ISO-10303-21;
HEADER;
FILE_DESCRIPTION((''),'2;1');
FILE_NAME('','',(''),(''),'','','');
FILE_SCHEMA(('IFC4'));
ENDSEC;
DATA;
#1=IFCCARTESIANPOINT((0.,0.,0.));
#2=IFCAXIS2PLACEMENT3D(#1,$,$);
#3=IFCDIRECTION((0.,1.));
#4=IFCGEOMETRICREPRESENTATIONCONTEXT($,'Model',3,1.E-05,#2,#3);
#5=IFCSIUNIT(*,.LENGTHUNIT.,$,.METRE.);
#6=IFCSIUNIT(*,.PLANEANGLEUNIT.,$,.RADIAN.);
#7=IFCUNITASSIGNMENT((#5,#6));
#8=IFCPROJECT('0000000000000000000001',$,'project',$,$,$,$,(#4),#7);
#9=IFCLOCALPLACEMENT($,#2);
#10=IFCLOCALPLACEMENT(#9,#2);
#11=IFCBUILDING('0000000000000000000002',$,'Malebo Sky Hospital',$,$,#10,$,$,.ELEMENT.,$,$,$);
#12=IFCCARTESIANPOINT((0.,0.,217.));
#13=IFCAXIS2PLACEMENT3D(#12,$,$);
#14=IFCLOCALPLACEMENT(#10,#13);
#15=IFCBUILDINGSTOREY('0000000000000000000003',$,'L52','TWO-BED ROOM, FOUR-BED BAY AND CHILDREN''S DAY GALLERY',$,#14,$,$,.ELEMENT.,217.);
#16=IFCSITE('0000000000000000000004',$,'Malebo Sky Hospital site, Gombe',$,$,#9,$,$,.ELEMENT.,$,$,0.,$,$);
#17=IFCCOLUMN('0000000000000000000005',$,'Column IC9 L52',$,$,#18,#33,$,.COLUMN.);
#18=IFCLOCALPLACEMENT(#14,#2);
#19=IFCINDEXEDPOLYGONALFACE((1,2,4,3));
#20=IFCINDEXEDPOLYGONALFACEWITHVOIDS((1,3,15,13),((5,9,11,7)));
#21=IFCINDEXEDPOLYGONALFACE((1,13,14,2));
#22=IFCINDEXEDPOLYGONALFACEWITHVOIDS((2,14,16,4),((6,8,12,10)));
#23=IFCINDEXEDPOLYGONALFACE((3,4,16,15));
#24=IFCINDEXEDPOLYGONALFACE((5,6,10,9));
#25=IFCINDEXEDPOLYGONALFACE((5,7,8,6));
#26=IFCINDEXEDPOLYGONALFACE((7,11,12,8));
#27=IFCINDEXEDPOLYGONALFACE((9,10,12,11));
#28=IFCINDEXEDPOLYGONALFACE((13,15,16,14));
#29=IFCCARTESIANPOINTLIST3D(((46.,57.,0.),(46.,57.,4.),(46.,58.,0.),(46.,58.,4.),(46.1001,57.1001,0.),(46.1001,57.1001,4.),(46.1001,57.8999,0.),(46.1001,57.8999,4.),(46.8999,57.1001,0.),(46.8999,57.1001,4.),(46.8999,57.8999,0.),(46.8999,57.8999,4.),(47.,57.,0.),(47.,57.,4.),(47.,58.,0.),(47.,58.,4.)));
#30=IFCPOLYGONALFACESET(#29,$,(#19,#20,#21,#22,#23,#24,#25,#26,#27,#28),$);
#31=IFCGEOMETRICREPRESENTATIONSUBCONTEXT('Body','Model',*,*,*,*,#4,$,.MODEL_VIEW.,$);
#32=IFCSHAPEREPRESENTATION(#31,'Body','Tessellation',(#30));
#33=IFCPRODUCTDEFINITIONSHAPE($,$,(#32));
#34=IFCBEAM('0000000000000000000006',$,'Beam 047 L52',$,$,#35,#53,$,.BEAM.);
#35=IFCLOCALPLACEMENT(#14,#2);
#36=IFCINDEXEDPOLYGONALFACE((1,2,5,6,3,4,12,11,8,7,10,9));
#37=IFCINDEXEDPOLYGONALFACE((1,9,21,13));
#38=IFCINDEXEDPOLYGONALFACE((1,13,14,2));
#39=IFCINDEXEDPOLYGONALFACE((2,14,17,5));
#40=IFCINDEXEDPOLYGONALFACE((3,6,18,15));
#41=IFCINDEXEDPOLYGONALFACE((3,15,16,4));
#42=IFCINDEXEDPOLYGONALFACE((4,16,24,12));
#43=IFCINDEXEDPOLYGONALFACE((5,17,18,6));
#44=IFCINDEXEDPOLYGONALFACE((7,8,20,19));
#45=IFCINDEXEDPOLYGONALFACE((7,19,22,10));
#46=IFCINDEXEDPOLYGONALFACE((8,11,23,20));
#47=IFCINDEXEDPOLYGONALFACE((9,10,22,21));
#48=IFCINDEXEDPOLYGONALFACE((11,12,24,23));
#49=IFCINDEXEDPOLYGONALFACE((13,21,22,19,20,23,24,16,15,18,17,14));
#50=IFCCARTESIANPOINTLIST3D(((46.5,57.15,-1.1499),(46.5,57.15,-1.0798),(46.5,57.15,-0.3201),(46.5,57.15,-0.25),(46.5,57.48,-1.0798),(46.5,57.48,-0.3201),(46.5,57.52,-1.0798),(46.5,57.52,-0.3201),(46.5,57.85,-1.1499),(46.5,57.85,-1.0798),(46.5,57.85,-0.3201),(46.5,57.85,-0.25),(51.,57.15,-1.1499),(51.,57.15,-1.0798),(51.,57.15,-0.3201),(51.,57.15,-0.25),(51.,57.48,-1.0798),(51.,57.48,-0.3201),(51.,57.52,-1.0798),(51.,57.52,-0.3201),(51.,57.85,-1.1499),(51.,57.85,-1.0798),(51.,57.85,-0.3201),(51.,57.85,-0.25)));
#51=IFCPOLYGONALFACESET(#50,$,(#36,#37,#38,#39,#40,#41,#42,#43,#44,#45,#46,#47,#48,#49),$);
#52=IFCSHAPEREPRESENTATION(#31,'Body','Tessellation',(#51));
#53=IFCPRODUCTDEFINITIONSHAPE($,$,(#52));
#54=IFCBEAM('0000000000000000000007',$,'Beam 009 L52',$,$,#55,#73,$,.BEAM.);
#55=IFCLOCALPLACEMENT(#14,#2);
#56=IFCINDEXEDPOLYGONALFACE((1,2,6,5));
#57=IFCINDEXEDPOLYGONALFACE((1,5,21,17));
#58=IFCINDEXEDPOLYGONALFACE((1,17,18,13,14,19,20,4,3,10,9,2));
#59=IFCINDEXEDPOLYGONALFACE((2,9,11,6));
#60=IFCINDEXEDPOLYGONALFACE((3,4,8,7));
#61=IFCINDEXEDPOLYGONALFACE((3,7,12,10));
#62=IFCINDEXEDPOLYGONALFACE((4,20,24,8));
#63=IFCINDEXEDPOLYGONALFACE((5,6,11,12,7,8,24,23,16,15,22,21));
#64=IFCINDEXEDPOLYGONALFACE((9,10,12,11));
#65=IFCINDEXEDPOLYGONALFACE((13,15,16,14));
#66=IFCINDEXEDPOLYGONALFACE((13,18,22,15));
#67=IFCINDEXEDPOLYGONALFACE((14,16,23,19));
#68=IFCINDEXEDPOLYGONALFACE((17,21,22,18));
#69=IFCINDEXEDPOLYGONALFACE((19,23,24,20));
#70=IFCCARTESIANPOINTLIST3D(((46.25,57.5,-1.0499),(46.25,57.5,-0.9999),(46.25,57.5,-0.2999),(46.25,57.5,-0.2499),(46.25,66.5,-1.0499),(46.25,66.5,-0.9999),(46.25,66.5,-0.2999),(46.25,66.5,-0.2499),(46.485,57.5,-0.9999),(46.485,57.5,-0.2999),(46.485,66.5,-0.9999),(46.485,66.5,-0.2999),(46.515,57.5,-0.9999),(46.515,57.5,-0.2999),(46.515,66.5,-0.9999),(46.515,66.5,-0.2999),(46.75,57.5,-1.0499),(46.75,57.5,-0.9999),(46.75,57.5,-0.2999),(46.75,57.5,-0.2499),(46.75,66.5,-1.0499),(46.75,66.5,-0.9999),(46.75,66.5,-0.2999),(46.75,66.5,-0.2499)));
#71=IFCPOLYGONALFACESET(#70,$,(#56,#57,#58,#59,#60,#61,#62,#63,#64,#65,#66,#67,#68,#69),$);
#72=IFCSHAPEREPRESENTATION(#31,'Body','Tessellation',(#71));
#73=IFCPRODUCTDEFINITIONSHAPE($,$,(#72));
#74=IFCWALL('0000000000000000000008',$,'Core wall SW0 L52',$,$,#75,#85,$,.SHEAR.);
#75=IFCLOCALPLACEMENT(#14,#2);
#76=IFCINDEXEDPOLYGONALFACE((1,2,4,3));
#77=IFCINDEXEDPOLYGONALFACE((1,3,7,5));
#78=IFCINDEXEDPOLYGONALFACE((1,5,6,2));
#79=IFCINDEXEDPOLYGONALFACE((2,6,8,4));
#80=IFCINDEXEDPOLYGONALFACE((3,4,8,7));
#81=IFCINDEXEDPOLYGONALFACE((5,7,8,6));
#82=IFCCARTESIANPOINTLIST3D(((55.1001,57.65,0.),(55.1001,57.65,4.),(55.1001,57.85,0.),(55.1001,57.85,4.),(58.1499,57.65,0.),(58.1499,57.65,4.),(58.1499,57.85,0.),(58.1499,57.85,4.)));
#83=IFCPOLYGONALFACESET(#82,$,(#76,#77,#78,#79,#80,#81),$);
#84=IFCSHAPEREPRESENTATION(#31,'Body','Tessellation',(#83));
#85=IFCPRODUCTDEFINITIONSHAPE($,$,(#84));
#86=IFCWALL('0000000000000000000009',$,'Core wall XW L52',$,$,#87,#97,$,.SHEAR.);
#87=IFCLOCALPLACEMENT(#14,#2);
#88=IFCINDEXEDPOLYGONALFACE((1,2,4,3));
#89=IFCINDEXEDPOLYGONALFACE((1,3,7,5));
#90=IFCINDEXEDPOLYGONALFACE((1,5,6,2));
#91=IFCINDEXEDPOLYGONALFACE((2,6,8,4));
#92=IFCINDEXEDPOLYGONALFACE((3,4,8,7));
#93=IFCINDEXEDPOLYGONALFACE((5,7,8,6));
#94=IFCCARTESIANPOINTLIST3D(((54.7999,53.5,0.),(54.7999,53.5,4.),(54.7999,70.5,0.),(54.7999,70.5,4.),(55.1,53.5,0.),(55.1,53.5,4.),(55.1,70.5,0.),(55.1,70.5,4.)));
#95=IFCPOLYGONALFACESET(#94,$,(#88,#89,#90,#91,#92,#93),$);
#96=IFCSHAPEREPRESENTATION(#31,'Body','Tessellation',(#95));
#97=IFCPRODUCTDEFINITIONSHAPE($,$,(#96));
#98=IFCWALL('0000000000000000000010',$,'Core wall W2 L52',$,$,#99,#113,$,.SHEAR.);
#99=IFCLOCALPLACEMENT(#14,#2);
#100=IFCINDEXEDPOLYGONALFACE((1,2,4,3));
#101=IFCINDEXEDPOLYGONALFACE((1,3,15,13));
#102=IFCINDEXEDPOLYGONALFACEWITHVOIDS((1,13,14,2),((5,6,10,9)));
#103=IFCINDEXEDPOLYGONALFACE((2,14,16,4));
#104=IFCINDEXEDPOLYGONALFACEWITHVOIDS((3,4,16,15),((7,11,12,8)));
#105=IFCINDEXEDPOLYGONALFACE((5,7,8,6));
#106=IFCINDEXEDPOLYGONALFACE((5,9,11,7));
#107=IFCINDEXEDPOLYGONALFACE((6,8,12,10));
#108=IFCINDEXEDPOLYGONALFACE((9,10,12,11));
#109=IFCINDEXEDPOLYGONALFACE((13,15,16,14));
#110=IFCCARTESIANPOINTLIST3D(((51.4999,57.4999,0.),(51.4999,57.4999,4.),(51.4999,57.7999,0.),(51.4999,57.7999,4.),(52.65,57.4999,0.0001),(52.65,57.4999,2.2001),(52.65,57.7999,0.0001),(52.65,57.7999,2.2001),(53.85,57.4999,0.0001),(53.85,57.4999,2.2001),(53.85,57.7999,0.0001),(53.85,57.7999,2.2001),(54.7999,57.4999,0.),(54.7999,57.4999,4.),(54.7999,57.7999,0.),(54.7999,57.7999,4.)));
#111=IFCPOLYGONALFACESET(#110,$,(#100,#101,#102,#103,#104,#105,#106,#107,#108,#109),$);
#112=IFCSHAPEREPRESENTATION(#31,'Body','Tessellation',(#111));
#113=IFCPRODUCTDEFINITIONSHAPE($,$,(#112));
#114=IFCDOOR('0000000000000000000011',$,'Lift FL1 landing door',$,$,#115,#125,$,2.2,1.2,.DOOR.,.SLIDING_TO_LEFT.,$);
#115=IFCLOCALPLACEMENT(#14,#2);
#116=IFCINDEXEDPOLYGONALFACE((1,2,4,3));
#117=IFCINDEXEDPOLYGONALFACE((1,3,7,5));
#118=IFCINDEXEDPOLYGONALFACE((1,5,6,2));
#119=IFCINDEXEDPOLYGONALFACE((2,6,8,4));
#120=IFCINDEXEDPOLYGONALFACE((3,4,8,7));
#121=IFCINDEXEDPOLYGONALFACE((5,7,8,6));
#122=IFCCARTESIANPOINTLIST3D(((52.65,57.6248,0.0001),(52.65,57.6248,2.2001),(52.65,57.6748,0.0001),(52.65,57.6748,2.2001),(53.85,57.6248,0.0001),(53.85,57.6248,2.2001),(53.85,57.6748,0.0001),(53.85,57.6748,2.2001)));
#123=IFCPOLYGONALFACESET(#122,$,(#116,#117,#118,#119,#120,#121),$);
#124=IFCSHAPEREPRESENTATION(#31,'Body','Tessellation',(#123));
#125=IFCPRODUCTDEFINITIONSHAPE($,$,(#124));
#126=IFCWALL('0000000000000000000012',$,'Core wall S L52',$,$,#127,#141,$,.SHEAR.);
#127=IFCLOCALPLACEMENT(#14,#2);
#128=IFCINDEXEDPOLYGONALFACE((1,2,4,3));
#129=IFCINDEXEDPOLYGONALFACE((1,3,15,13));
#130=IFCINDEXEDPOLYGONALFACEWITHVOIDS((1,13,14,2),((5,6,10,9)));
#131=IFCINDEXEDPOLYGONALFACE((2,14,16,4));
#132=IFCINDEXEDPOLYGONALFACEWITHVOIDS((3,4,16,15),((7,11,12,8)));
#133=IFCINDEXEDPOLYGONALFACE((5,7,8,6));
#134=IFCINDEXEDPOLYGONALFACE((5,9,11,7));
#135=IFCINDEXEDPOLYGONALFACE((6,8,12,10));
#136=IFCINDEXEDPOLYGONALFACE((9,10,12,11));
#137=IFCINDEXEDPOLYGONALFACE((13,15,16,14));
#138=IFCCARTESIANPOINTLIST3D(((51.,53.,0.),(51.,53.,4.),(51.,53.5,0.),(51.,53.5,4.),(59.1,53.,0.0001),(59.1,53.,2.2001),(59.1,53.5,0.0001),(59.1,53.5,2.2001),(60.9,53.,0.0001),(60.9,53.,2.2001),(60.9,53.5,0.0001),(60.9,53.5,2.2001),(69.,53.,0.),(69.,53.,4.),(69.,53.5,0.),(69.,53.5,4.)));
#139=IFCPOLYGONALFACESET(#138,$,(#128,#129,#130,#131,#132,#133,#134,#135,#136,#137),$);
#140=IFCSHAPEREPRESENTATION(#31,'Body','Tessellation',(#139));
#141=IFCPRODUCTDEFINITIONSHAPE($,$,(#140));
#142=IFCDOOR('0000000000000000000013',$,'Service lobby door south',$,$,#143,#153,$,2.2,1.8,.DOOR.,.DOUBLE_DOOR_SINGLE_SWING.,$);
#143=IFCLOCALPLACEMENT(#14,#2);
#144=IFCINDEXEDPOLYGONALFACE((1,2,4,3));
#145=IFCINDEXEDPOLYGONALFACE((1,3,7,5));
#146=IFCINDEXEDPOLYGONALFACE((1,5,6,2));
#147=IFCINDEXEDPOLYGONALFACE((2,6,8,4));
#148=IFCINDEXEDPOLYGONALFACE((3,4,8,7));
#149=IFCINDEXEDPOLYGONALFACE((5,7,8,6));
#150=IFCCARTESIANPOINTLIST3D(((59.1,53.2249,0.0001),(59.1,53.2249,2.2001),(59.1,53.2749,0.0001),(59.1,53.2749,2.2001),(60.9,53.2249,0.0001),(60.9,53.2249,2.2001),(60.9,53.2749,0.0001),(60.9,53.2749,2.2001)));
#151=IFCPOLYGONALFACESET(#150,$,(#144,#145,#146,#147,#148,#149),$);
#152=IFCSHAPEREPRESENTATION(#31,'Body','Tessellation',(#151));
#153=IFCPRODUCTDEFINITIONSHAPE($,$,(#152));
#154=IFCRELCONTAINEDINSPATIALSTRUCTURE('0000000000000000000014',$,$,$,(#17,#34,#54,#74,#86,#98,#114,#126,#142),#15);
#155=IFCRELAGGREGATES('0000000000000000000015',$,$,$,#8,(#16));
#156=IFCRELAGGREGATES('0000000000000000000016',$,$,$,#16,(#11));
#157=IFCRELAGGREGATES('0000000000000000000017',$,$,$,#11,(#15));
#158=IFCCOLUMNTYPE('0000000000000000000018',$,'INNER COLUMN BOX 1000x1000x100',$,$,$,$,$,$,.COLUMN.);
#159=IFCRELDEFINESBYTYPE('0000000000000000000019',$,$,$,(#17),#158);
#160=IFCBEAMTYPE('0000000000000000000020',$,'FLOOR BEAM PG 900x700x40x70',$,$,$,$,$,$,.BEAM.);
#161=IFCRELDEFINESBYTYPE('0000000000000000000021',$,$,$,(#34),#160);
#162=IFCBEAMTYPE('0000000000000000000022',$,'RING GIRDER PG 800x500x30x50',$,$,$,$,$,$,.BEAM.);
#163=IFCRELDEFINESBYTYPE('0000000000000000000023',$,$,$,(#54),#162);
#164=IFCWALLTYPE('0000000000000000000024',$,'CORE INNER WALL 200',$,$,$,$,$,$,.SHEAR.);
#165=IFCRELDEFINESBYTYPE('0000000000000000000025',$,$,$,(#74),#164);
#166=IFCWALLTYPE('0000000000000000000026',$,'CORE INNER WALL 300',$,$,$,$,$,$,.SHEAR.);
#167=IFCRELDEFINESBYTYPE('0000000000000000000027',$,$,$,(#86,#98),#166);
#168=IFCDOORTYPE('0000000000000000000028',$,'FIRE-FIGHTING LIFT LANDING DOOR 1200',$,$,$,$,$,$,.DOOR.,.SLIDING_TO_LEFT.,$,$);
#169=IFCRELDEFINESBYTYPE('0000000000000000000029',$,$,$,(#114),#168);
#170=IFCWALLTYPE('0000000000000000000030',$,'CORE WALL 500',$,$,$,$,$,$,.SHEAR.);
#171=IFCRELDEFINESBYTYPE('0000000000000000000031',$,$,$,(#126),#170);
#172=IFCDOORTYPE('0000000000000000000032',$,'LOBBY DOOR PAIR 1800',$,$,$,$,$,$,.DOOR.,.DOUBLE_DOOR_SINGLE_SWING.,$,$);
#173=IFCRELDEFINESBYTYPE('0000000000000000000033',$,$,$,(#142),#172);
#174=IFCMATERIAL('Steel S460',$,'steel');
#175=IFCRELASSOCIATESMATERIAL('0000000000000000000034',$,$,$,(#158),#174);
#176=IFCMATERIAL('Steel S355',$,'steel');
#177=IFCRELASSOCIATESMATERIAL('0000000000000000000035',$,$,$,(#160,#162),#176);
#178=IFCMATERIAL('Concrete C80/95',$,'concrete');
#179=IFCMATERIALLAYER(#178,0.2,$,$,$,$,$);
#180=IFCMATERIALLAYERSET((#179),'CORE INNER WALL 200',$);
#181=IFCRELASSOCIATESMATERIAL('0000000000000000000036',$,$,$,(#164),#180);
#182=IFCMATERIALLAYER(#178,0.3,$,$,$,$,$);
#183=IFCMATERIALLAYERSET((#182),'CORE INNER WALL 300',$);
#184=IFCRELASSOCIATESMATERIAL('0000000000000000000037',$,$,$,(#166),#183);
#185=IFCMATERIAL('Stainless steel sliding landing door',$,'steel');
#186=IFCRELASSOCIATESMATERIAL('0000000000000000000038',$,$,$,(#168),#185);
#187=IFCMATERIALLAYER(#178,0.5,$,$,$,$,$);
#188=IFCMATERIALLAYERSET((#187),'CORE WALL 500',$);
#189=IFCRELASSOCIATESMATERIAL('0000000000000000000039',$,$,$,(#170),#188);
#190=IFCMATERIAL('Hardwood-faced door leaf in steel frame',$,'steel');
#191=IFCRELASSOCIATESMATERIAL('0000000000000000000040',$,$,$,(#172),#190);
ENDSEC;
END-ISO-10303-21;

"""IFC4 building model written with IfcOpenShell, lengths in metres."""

from ifc_helpers import new_model, si_unit, direction, frame, frame_2d, origin, origin_2d, place, context, subcontext, project, spatial, rectangle, hollow_rectangle, i_section, extrude, material, layer, layer_set, material_profile, profile_set, type_object, element, fill, save


model = new_model("IFC4")

# Units and contexts
model_context = context("Model", 3, precision=1e-05, world=origin(), true_north=direction((0.0, 1.0)))
body_context = subcontext(model_context, "Body", "Model", "MODEL_VIEW")
ifc_project = project(units=[si_unit("LENGTHUNIT", "METRE"), si_unit("PLANEANGLEUNIT", "RADIAN")], contexts=[model_context])

# Site, building, storey
site_placement = place(None, origin())
site = spatial("IfcSite", under=ifc_project, at=site_placement, Name="Malebo Sky Hospital site, Gombe", CompositionType="ELEMENT", RefElevation=0.0)
building_placement = place(site_placement, origin())
building = spatial("IfcBuilding", under=site, at=building_placement, Name="Malebo Sky Hospital", CompositionType="ELEMENT")
storey_placement = place(building_placement, frame((0.0, 0.0, 217.0)))
storey = spatial("IfcBuildingStorey", under=building, at=storey_placement, Name="L52", Description="TWO-BED ROOM, FOUR-BED BAY AND CHILDREN'S DAY GALLERY", CompositionType="ELEMENT", Elevation=217.0)

# Column
ifc_material_1 = material(Name="Steel S460", Category="steel")
ifc_material_profile_1 = material_profile(ifc_material_1, hollow_rectangle(XDim=1.0, YDim=1.0, WallThickness=0.1001, at=origin_2d()), Name="BOX 1000x1000x100")
ifc_profile_set_1 = profile_set([ifc_material_profile_1], Name="Steel S460")
column_type = type_object("IfcColumnType", Name="INNER COLUMN BOX 1000x1000x100", PredefinedType="COLUMN", material=ifc_profile_set_1)
column_placement = place(storey_placement, frame((46.5, 57.5, 0.0), z_axis=(0.0, 0.0, 1.0), x_axis=(1.0, 0.0, 0.0)))
element("IfcColumn", 1, at=column_placement, inside=storey, type_object=column_type, Name="Column IC9 L52", PredefinedType="COLUMN", context=body_context, shape_type="SweptSolid", body=[
    extrude(hollow_rectangle(XDim=1.0, YDim=1.0, WallThickness=0.1001, at=origin_2d()), origin(), (0.0, 0.0, 1.0), 4.0),
])

# Beams
ifc_material_2 = material(Name="Steel S355", Category="steel")
ifc_material_profile_2 = material_profile(ifc_material_2, i_section(OverallWidth=0.7, OverallDepth=0.8999, WebThickness=0.04, FlangeThickness=0.0701, at=origin_2d()), Name="PG 900x700x40x70")
ifc_profile_set_2 = profile_set([ifc_material_profile_2], Name="Steel S355")
beam_type_1 = type_object("IfcBeamType", Name="FLOOR BEAM PG 900x700x40x70", PredefinedType="BEAM", material=ifc_profile_set_2)
beam_1_placement = place(storey_placement, frame((46.5, 57.5, -0.7), z_axis=(1.0, 0.0, 0.0), x_axis=(0.0, 1.0, 0.0)))
element("IfcBeam", 2, at=beam_1_placement, inside=storey, type_object=beam_type_1, Name="Beam 047 L52", PredefinedType="BEAM", context=body_context, shape_type="SweptSolid", body=[
    extrude(i_section(OverallWidth=0.7, OverallDepth=0.8999, WebThickness=0.04, FlangeThickness=0.0701, at=origin_2d()), origin(), (0.0, 0.0, 1.0), 4.5),
])
ifc_material_profile_3 = material_profile(ifc_material_2, i_section(OverallWidth=0.5, OverallDepth=0.8, WebThickness=0.03, FlangeThickness=0.05, at=origin_2d()), Name="PG 800x500x30x50")
ifc_profile_set_3 = profile_set([ifc_material_profile_3], Name="Steel S355")
beam_type_2 = type_object("IfcBeamType", Name="RING GIRDER PG 800x500x30x50", PredefinedType="BEAM", material=ifc_profile_set_3)
beam_2_placement = place(storey_placement, frame((46.5, 57.5, -0.6499), z_axis=(0.0, 1.0, 0.0), x_axis=(-1.0, 0.0, 0.0)))
element("IfcBeam", 3, at=beam_2_placement, inside=storey, type_object=beam_type_2, Name="Beam 009 L52", PredefinedType="BEAM", context=body_context, shape_type="SweptSolid", body=[
    extrude(i_section(OverallWidth=0.5, OverallDepth=0.8, WebThickness=0.03, FlangeThickness=0.05, at=origin_2d()), origin(), (0.0, 0.0, 1.0), 9.0),
])

# Walls
ifc_material_3 = material(Name="Concrete C80/95", Category="concrete")
ifc_layer_1 = layer(ifc_material_3, 0.2)
ifc_layer_set_1 = layer_set([ifc_layer_1], Name="CORE INNER WALL 200")
wall_type_1 = type_object("IfcWallType", Name="CORE INNER WALL 200", PredefinedType="SHEAR", material=ifc_layer_set_1)
wall_1_placement = place(storey_placement, frame((55.1001, 57.75, 0.0), z_axis=(0.0, 0.0, 1.0), x_axis=(1.0, 0.0, 0.0)))
element("IfcWall", 4, at=wall_1_placement, inside=storey, type_object=wall_type_1, Name="Core wall SW0 L52", PredefinedType="SHEAR", context=body_context, shape_type="SweptSolid", body=[
    extrude(rectangle(XDim=3.0498, YDim=0.2, at=frame_2d((1.5249, 0.0))), origin(), (0.0, 0.0, 1.0), 4.0),
])
ifc_layer_2 = layer(ifc_material_3, 0.3)
ifc_layer_set_2 = layer_set([ifc_layer_2], Name="CORE INNER WALL 300")
wall_type_2 = type_object("IfcWallType", Name="CORE INNER WALL 300", PredefinedType="SHEAR", material=ifc_layer_set_2)
wall_2_placement = place(storey_placement, frame((54.95, 53.5, 0.0), z_axis=(0.0, 0.0, 1.0), x_axis=(0.0, 1.0, 0.0)))
element("IfcWall", 5, at=wall_2_placement, inside=storey, type_object=wall_type_2, Name="Core wall XW L52", PredefinedType="SHEAR", context=body_context, shape_type="SweptSolid", body=[
    extrude(rectangle(XDim=17.0, YDim=0.3, at=frame_2d((8.5, 0.0))), origin(), (0.0, 0.0, 1.0), 4.0),
])

# Walls, openings, doors
wall_3_placement = place(storey_placement, frame((51.5, 57.6499, 0.0), z_axis=(0.0, 0.0, 1.0), x_axis=(1.0, 0.0, 0.0)))
wall_3 = element("IfcWall", 6, at=wall_3_placement, inside=storey, type_object=wall_type_2, Name="Core wall W2 L52", PredefinedType="SHEAR", context=body_context, shape_type="SweptSolid", body=[
    extrude(rectangle(XDim=3.3, YDim=0.3, at=frame_2d((1.6499, 0.0))), origin(), (0.0, 0.0, 1.0), 4.0),
])
opening_1_placement = place(wall_3_placement, frame((1.1499, 0.0, 0.0)))
opening_1 = element("IfcOpeningElement", 7, at=opening_1_placement, cuts=wall_3, PredefinedType="OPENING", context=body_context, shape_type="SweptSolid", body=[
    extrude(rectangle(XDim=1.2, YDim=2.2, at=frame_2d((0.6001, 1.1001))), frame((0.0, 0.1599, 0.0), z_axis=(0.0, -1.0, 0.0), x_axis=(1.0, 0.0, 0.0)), (0.0, 0.0, 1.0), 0.3201),
])
ifc_material_4 = material(Name="Stainless steel sliding landing door", Category="steel")
door_type_1 = type_object("IfcDoorType", Name="FIRE-FIGHTING LIFT LANDING DOOR 1200", OperationType="SLIDING_TO_LEFT", PredefinedType="DOOR", material=ifc_material_4)
door_1_placement = place(opening_1_placement, origin())
door_1 = element("IfcDoor", 8, at=door_1_placement, inside=storey, type_object=door_type_1, Name="Lift FL1 landing door", OperationType="SLIDING_TO_LEFT", OverallHeight=2.2, OverallWidth=1.2, PredefinedType="DOOR", context=body_context, shape_type="SweptSolid", body=[
    extrude(rectangle(XDim=1.2, YDim=2.2, at=frame_2d((0.6001, 1.1001))), frame((0.0, 0.0249, 0.0), z_axis=(0.0, -1.0, 0.0), x_axis=(1.0, 0.0, 0.0)), (0.0, 0.0, 1.0), 0.05),
])
fill(opening_1, door_1)
ifc_layer_3 = layer(ifc_material_3, 0.5)
ifc_layer_set_3 = layer_set([ifc_layer_3], Name="CORE WALL 500")
wall_type_3 = type_object("IfcWallType", Name="CORE WALL 500", PredefinedType="SHEAR", material=ifc_layer_set_3)
wall_4_placement = place(storey_placement, frame((51.0, 53.25, 0.0), z_axis=(0.0, 0.0, 1.0), x_axis=(1.0, 0.0, 0.0)))
wall_4 = element("IfcWall", 9, at=wall_4_placement, inside=storey, type_object=wall_type_3, Name="Core wall S L52", PredefinedType="SHEAR", context=body_context, shape_type="SweptSolid", body=[
    extrude(rectangle(XDim=18.0, YDim=0.5, at=frame_2d((9.0, 0.0))), origin(), (0.0, 0.0, 1.0), 4.0),
])
opening_2_placement = place(wall_4_placement, frame((8.1001, 0.0, 0.0)))
opening_2 = element("IfcOpeningElement", 10, at=opening_2_placement, cuts=wall_4, PredefinedType="OPENING", context=body_context, shape_type="SweptSolid", body=[
    extrude(rectangle(XDim=1.8, YDim=2.2, at=frame_2d((0.8999, 1.1001))), frame((0.0, 0.26, 0.0), z_axis=(0.0, -1.0, 0.0), x_axis=(1.0, 0.0, 0.0)), (0.0, 0.0, 1.0), 0.52),
])
ifc_material_5 = material(Name="Hardwood-faced door leaf in steel frame", Category="steel")
door_type_2 = type_object("IfcDoorType", Name="LOBBY DOOR PAIR 1800", OperationType="DOUBLE_DOOR_SINGLE_SWING", PredefinedType="DOOR", material=ifc_material_5)
door_2_placement = place(opening_2_placement, origin())
door_2 = element("IfcDoor", 11, at=door_2_placement, inside=storey, type_object=door_type_2, Name="Service lobby door south", OperationType="DOUBLE_DOOR_SINGLE_SWING", OverallHeight=2.2, OverallWidth=1.8, PredefinedType="DOOR", context=body_context, shape_type="SweptSolid", body=[
    extrude(rectangle(XDim=1.8, YDim=2.2, at=frame_2d((0.8999, 1.1001))), frame((0.0, 0.0249, 0.0), z_axis=(0.0, -1.0, 0.0), x_axis=(1.0, 0.0, 0.0)), (0.0, 0.0, 1.0), 0.05),
])
fill(opening_2, door_2)

save(model, "model.ifc")
